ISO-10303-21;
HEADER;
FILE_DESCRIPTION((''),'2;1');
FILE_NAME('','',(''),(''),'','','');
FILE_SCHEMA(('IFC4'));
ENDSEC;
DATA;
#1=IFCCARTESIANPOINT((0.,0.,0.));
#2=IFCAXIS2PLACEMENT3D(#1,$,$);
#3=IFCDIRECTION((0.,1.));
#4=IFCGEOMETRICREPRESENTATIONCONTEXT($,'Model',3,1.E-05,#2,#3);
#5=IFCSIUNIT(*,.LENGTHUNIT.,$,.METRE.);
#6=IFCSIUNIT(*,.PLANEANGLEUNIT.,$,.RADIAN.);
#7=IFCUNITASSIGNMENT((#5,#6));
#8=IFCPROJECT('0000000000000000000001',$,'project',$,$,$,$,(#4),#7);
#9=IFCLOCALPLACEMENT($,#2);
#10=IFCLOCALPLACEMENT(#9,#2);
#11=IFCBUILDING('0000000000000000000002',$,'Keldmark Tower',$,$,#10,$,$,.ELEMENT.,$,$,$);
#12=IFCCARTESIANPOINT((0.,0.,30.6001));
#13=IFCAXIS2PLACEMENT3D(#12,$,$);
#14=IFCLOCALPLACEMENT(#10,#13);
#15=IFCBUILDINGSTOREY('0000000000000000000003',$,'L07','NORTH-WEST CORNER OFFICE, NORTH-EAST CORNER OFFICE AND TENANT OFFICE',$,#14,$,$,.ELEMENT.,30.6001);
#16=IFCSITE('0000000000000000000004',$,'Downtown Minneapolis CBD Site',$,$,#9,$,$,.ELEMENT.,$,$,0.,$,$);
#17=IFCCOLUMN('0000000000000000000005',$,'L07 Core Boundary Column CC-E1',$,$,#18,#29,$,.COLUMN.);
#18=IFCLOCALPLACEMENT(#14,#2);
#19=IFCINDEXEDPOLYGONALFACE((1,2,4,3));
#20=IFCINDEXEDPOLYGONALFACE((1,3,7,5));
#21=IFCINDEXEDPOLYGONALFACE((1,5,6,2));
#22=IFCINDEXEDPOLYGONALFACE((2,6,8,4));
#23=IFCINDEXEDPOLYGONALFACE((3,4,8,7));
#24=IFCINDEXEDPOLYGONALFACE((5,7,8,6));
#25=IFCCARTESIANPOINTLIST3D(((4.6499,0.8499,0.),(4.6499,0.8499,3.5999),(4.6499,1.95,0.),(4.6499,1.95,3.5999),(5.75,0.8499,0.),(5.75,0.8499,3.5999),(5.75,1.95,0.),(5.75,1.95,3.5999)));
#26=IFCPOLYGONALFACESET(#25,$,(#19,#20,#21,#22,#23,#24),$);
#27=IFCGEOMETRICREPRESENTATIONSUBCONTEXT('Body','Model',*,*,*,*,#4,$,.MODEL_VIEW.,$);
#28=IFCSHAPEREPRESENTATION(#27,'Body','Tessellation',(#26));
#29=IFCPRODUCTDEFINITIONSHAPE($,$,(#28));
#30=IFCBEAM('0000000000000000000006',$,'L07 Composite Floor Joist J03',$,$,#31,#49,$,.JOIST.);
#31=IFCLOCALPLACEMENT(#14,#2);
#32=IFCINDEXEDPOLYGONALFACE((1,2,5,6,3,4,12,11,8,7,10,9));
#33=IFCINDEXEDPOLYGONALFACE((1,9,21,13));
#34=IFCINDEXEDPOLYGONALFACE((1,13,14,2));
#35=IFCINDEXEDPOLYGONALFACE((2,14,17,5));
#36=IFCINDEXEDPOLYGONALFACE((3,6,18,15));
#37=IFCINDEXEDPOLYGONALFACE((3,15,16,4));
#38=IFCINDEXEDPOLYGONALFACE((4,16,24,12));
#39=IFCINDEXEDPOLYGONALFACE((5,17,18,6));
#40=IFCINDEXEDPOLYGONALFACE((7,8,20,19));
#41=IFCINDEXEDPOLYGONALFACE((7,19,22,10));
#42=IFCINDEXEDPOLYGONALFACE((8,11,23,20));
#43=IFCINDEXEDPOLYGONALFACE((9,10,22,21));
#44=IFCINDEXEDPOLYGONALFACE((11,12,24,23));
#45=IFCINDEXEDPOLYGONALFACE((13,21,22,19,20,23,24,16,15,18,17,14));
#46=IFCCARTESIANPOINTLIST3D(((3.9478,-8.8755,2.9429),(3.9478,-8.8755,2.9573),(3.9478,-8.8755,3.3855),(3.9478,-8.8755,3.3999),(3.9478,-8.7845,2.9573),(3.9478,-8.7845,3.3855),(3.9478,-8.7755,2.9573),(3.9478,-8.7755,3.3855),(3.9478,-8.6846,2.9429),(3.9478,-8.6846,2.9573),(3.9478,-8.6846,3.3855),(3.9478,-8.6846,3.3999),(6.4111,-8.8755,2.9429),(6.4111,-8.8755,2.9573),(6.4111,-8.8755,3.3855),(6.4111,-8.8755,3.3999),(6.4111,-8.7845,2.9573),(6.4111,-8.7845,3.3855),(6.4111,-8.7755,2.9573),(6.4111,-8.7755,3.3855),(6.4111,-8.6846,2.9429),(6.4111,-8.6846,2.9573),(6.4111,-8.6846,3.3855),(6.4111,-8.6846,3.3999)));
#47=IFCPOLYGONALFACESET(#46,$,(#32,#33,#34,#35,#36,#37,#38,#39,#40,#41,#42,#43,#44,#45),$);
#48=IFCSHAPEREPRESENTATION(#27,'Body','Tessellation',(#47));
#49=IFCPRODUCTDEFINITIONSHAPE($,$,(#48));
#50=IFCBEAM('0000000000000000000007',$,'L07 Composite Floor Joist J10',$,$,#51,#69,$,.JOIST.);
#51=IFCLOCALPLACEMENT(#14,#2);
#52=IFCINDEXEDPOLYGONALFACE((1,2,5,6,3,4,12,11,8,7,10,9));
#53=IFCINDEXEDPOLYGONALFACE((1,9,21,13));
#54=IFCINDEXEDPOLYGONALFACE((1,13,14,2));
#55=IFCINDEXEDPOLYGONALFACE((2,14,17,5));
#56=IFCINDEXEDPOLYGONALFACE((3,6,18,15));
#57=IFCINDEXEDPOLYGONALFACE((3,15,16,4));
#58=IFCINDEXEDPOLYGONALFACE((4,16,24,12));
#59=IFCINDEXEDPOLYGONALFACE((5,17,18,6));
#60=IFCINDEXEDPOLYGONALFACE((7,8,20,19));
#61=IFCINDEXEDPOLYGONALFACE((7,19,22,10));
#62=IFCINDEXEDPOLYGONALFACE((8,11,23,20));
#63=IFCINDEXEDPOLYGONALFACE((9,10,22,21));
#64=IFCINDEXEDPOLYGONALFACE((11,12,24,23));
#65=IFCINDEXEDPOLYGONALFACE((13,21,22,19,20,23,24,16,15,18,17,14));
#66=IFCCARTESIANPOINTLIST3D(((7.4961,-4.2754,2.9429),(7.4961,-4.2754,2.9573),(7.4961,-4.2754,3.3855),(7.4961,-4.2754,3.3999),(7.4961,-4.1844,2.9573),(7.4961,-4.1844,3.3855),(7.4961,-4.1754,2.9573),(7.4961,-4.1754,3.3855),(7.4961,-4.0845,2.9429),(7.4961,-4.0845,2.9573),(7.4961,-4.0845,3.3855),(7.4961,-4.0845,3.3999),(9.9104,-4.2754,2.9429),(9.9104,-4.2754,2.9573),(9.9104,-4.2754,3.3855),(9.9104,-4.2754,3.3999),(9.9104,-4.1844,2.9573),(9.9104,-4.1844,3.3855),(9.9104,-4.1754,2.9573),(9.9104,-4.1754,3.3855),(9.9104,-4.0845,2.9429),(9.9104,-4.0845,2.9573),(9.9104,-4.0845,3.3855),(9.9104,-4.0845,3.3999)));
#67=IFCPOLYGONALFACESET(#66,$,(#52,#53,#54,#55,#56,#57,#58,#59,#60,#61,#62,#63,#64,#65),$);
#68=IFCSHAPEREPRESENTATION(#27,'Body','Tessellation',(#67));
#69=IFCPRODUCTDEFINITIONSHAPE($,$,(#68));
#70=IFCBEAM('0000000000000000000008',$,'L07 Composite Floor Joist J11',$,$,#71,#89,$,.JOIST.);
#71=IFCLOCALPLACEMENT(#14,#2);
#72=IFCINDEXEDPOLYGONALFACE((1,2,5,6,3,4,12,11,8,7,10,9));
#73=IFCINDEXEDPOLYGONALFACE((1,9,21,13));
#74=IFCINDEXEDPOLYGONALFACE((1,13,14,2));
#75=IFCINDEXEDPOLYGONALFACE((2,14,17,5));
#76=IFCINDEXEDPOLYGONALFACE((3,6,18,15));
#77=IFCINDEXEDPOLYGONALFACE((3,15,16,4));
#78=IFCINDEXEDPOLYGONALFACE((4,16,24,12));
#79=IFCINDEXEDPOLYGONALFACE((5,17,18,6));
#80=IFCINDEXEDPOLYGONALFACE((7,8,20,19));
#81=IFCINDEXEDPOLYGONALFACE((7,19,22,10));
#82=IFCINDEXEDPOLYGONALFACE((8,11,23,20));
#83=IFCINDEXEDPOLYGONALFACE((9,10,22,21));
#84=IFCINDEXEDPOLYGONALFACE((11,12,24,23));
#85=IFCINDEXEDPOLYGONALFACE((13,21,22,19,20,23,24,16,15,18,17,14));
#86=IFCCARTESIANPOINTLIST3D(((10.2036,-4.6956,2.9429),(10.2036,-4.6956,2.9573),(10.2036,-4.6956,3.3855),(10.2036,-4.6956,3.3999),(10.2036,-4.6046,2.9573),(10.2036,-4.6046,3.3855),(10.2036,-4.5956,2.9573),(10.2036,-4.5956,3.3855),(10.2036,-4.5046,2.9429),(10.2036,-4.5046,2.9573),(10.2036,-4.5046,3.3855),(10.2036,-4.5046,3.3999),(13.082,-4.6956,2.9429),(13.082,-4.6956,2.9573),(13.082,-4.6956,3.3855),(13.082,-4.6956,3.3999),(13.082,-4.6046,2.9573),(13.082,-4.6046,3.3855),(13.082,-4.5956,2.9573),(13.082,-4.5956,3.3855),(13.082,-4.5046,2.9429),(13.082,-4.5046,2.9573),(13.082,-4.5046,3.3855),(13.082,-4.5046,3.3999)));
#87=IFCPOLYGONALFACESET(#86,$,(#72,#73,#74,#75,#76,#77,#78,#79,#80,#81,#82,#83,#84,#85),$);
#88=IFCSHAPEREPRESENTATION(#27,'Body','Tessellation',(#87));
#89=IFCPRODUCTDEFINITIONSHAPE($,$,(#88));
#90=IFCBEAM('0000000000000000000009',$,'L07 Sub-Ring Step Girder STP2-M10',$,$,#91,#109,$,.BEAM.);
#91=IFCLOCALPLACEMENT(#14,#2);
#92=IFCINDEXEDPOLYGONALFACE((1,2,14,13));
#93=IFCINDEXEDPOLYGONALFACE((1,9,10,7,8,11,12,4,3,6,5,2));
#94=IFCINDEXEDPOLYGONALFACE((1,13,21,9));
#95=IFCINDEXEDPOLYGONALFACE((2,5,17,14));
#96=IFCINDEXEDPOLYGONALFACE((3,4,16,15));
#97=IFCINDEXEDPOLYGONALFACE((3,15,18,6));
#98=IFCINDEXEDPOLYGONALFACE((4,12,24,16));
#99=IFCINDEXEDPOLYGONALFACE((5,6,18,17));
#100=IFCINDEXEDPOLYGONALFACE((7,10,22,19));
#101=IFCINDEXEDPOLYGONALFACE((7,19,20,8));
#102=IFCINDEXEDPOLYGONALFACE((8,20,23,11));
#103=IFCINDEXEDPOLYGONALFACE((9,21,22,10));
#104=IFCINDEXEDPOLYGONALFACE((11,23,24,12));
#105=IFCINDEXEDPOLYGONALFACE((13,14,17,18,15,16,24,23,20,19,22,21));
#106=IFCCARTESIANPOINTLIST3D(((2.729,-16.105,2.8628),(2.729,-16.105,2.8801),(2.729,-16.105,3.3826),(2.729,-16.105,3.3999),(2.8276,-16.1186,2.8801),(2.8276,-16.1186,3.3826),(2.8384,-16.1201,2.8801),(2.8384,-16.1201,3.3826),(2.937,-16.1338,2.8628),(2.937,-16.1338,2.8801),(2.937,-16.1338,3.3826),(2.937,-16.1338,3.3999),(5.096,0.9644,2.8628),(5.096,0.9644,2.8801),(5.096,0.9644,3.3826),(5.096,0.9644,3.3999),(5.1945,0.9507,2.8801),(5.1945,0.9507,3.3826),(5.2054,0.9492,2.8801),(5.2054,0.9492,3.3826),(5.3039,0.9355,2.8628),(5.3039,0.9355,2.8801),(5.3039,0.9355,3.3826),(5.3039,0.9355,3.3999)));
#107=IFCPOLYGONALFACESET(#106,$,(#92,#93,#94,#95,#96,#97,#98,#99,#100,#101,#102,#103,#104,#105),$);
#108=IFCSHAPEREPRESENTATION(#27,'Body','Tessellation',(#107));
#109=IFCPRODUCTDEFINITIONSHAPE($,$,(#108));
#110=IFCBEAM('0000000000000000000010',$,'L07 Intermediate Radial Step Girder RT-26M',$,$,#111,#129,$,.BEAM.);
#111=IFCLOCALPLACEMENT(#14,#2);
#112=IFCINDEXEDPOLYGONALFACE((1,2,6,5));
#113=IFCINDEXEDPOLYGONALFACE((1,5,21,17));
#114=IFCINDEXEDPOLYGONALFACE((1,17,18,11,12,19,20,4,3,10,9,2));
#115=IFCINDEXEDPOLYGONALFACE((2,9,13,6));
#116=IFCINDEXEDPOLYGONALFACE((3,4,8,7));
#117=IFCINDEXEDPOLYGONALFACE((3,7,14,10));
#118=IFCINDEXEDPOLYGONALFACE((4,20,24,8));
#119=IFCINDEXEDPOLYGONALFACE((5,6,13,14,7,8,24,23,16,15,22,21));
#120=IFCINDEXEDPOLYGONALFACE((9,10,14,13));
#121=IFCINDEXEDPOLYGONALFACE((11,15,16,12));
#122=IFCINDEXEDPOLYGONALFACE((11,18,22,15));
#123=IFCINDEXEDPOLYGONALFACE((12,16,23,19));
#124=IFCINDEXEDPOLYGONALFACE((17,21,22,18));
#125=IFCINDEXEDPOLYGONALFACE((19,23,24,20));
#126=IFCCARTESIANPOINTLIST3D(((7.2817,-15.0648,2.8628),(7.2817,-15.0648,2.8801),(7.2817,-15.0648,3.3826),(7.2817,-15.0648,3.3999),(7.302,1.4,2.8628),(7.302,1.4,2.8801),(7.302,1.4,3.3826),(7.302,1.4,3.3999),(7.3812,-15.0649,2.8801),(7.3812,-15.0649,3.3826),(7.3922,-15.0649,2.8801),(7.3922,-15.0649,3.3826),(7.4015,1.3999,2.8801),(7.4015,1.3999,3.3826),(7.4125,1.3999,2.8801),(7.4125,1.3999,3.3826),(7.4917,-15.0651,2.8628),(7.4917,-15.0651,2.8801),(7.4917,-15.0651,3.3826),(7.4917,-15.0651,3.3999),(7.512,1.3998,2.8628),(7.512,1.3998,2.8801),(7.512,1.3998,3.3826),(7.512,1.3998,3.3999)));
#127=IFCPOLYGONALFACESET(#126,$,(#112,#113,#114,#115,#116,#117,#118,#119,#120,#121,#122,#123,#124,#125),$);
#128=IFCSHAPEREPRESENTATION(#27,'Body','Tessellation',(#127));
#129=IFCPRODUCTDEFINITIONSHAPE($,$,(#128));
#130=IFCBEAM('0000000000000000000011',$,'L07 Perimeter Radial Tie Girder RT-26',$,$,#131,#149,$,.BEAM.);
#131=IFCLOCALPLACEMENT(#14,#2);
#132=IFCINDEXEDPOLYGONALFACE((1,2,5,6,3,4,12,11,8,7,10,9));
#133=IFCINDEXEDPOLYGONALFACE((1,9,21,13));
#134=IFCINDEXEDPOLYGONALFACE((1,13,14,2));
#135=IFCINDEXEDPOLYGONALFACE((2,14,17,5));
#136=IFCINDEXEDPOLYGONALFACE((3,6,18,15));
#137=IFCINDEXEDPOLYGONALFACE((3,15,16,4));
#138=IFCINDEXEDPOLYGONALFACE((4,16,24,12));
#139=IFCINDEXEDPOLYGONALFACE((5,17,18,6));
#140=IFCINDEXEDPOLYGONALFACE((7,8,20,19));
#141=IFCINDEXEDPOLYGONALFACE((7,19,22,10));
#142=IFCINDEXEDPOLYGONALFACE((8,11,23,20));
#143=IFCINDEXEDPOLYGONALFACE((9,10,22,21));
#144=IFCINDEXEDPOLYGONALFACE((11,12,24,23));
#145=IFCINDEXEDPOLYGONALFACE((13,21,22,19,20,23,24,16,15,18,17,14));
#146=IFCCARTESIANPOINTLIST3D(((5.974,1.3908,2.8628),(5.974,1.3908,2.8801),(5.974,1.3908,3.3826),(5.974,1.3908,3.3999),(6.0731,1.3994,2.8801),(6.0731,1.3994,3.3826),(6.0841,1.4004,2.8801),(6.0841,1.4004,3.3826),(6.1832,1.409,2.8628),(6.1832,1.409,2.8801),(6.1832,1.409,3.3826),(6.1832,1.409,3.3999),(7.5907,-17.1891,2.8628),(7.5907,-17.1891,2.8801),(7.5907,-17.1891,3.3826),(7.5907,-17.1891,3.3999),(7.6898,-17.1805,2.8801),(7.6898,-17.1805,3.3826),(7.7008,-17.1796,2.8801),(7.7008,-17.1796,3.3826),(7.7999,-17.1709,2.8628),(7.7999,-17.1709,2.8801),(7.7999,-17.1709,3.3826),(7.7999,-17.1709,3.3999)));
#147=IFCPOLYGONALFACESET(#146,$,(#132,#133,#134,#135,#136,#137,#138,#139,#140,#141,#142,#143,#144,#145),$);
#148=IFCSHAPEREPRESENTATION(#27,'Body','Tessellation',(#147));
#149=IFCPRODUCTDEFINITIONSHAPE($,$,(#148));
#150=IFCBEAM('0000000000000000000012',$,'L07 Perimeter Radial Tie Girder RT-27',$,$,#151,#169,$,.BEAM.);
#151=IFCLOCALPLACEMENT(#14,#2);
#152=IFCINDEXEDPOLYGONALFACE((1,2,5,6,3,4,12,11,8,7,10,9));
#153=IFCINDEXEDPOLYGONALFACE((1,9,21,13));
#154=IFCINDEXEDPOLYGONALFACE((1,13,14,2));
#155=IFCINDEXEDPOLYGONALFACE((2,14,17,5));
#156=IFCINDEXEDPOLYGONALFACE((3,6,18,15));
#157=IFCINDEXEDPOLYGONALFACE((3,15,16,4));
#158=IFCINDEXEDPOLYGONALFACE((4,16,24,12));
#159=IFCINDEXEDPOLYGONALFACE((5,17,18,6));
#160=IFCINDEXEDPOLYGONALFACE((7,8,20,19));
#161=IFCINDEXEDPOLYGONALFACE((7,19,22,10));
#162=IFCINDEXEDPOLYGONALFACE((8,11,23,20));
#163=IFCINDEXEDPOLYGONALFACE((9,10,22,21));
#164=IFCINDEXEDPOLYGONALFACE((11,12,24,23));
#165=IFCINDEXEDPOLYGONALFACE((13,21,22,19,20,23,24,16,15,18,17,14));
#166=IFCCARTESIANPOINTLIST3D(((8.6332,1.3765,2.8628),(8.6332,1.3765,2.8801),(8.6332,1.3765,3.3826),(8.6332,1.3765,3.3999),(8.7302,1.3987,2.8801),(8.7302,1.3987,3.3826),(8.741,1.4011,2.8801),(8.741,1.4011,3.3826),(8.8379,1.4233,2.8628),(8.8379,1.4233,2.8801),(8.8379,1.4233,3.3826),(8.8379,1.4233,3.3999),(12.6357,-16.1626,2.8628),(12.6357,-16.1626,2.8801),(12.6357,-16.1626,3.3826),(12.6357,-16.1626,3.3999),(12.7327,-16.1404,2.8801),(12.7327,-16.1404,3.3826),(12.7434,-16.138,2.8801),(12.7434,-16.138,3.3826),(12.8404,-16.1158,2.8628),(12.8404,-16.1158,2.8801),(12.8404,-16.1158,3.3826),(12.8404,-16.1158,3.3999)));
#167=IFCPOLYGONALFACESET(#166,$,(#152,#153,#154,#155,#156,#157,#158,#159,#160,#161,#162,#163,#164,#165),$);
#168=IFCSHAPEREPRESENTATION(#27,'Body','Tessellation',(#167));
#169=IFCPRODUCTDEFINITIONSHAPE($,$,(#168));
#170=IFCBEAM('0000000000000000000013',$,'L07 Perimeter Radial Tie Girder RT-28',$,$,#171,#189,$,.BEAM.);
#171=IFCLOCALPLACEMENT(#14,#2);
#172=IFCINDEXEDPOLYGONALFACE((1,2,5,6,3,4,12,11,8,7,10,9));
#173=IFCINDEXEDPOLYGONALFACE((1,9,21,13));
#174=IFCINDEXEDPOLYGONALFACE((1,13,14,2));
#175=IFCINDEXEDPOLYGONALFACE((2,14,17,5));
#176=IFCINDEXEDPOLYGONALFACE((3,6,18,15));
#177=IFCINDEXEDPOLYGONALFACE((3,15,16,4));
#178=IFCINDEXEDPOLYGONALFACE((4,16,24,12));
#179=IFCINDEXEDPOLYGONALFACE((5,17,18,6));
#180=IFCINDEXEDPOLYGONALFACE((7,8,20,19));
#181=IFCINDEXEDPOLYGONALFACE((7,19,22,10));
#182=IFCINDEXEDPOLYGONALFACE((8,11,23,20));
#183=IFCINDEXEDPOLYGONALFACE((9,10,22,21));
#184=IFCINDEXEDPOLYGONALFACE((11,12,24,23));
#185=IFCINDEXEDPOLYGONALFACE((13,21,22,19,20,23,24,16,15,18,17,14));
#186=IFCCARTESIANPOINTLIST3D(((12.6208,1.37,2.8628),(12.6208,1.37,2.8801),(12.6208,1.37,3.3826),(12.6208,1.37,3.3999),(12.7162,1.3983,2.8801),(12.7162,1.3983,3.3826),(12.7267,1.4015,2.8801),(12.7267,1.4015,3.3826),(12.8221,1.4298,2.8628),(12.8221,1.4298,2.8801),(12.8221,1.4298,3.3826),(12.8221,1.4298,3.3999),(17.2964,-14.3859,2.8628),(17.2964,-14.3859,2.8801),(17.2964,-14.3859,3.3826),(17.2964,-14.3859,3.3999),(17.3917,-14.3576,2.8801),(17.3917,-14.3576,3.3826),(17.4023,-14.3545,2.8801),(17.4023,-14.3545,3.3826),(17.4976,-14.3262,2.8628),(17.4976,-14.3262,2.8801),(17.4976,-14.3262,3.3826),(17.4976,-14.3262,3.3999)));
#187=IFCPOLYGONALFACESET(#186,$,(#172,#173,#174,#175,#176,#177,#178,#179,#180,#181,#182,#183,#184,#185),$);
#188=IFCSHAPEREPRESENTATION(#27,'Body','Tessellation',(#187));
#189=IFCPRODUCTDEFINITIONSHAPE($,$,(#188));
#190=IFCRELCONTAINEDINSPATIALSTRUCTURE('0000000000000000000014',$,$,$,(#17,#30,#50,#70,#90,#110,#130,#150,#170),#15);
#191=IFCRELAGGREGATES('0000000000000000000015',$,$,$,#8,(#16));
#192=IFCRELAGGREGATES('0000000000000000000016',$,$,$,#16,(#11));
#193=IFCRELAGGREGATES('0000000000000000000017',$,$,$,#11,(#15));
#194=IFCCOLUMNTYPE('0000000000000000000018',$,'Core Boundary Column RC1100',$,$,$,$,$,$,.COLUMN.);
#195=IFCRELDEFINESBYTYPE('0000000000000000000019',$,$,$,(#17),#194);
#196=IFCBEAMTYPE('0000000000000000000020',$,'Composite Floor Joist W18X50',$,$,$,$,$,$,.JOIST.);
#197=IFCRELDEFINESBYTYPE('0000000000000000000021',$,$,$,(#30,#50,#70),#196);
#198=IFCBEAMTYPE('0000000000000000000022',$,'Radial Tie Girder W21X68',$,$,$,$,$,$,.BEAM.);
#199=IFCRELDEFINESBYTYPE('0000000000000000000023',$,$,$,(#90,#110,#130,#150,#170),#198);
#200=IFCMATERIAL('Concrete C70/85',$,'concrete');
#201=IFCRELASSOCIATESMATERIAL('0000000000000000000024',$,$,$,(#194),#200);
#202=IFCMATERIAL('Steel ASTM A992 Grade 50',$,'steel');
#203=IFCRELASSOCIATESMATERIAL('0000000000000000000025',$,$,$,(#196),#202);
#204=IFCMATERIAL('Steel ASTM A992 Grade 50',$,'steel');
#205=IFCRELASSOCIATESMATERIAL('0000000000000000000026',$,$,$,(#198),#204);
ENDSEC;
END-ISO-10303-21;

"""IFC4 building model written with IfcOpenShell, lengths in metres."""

from ifc_helpers import new_model, si_unit, direction, frame, origin, origin_2d, place, context, subcontext, project, spatial, rectangle, i_section, extrude, material, material_profile, profile_set, type_object, element, save


model = new_model("IFC4")

# Units and contexts
model_context = context("Model", 3, precision=1e-05, world=origin(), true_north=direction((0.0, 1.0)))
body_context = subcontext(model_context, "Body", "Model", "MODEL_VIEW")
ifc_project = project(units=[si_unit("LENGTHUNIT", "METRE"), si_unit("PLANEANGLEUNIT", "RADIAN")], contexts=[model_context])

# Site, building, storey
site_placement = place(None, origin())
site = spatial("IfcSite", under=ifc_project, at=site_placement, Name="Downtown Minneapolis CBD Site", CompositionType="ELEMENT", RefElevation=0.0)
building_placement = place(site_placement, origin())
building = spatial("IfcBuilding", under=site, at=building_placement, Name="Keldmark Tower", CompositionType="ELEMENT")
storey_placement = place(building_placement, frame((0.0, 0.0, 30.6001)))
storey = spatial("IfcBuildingStorey", under=building, at=storey_placement, Name="L07", Description="NORTH-WEST CORNER OFFICE, NORTH-EAST CORNER OFFICE AND TENANT OFFICE", CompositionType="ELEMENT", Elevation=30.6001)

# Column
ifc_material_1 = material(Name="Concrete C70/85", Category="concrete")
ifc_material_profile_1 = material_profile(ifc_material_1, rectangle(XDim=1.1001, YDim=1.1001, at=origin_2d()), Name="RC1100X1100")
ifc_profile_set_1 = profile_set([ifc_material_profile_1], Name="Concrete C70/85")
column_type = type_object("IfcColumnType", Name="Core Boundary Column RC1100", PredefinedType="COLUMN", material=ifc_profile_set_1)
column_placement = place(storey_placement, frame((5.2, 1.3999, 0.0), z_axis=(0.0, 0.0, 1.0), x_axis=(1.0, 0.0, 0.0)))
element("IfcColumn", 1, at=column_placement, inside=storey, type_object=column_type, Name="L07 Core Boundary Column CC-E1", PredefinedType="COLUMN", context=body_context, shape_type="SweptSolid", body=[
    extrude(rectangle(XDim=1.1001, YDim=1.1001, at=origin_2d()), origin(), (0.0, 0.0, 1.0), 3.5999),
])

# Beams
ifc_material_2 = material(Name="Steel ASTM A992 Grade 50", Category="steel")
ifc_material_profile_2 = material_profile(ifc_material_2, i_section(OverallWidth=0.1909, OverallDepth=0.457, WebThickness=0.009, FlangeThickness=0.0144, at=origin_2d()), Name="W18X50")
ifc_profile_set_2 = profile_set([ifc_material_profile_2], Name="Steel ASTM A992 Grade 50")
beam_type_1 = type_object("IfcBeamType", Name="Composite Floor Joist W18X50", PredefinedType="JOIST", material=ifc_profile_set_2)
beam_1_placement = place(storey_placement, frame((3.9478, -8.78, 3.1714), z_axis=(1.0, 0.0, 0.0), x_axis=(0.0, 1.0, 0.0)))
element("IfcBeam", 2, at=beam_1_placement, inside=storey, type_object=beam_type_1, Name="L07 Composite Floor Joist J03", PredefinedType="JOIST", context=body_context, shape_type="SweptSolid", body=[
    extrude(i_section(OverallWidth=0.1909, OverallDepth=0.457, WebThickness=0.009, FlangeThickness=0.0144, at=origin_2d()), origin(), (0.0, 0.0, 1.0), 2.4634),
])
beam_2_placement = place(storey_placement, frame((7.4961, -4.1799, 3.1714), z_axis=(1.0, 0.0, 0.0), x_axis=(0.0, 1.0, 0.0)))
element("IfcBeam", 3, at=beam_2_placement, inside=storey, type_object=beam_type_1, Name="L07 Composite Floor Joist J10", PredefinedType="JOIST", context=body_context, shape_type="SweptSolid", body=[
    extrude(i_section(OverallWidth=0.1909, OverallDepth=0.457, WebThickness=0.009, FlangeThickness=0.0144, at=origin_2d()), origin(), (0.0, 0.0, 1.0), 2.4143),
])
beam_3_placement = place(storey_placement, frame((10.2036, -4.6001, 3.1714), z_axis=(1.0, 0.0, 0.0), x_axis=(0.0, 1.0, 0.0)))
element("IfcBeam", 4, at=beam_3_placement, inside=storey, type_object=beam_type_1, Name="L07 Composite Floor Joist J11", PredefinedType="JOIST", context=body_context, shape_type="SweptSolid", body=[
    extrude(i_section(OverallWidth=0.1909, OverallDepth=0.457, WebThickness=0.009, FlangeThickness=0.0144, at=origin_2d()), origin(), (0.0, 0.0, 1.0), 2.8784),
])
ifc_material_3 = material(Name="Steel ASTM A992 Grade 50", Category="steel")
ifc_material_profile_3 = material_profile(ifc_material_3, i_section(OverallWidth=0.21, OverallDepth=0.5371, WebThickness=0.011, FlangeThickness=0.0173, at=origin_2d()), Name="W21X68")
ifc_profile_set_3 = profile_set([ifc_material_profile_3], Name="Steel ASTM A992 Grade 50")
beam_type_2 = type_object("IfcBeamType", Name="Radial Tie Girder W21X68", PredefinedType="BEAM", material=ifc_profile_set_3)
beam_4_placement = place(storey_placement, frame((5.2, 0.95, 3.1313), z_axis=(-0.137352, -0.990522, 0.0), x_axis=(0.990522, -0.137352, 0.0)))
element("IfcBeam", 5, at=beam_4_placement, inside=storey, type_object=beam_type_2, Name="L07 Sub-Ring Step Girder STP2-M10", PredefinedType="BEAM", context=body_context, shape_type="SweptSolid", body=[
    extrude(i_section(OverallWidth=0.21, OverallDepth=0.5371, WebThickness=0.011, FlangeThickness=0.0173, at=origin_2d()), origin(), (0.0, 0.0, 1.0), 17.2327),
])
beam_5_placement = place(storey_placement, frame((7.407, 1.3999, 3.1313), z_axis=(-0.001231, -0.999999, 0.0), x_axis=(0.999999, -0.001231, 0.0)))
element("IfcBeam", 6, at=beam_5_placement, inside=storey, type_object=beam_type_2, Name="L07 Intermediate Radial Step Girder RT-26M", PredefinedType="BEAM", context=body_context, shape_type="SweptSolid", body=[
    extrude(i_section(OverallWidth=0.21, OverallDepth=0.5371, WebThickness=0.011, FlangeThickness=0.0173, at=origin_2d()), origin(), (0.0, 0.0, 1.0), 16.4648),
])
beam_6_placement = place(storey_placement, frame((6.0786, 1.3999, 3.1313), z_axis=(0.086686, -0.996236, 0.0), x_axis=(0.996236, 0.086686, 0.0)))
element("IfcBeam", 7, at=beam_6_placement, inside=storey, type_object=beam_type_2, Name="L07 Perimeter Radial Tie Girder RT-26", PredefinedType="BEAM", context=body_context, shape_type="SweptSolid", body=[
    extrude(i_section(OverallWidth=0.21, OverallDepth=0.5371, WebThickness=0.011, FlangeThickness=0.0173, at=origin_2d()), origin(), (0.0, 0.0, 1.0), 18.6501),
])
beam_7_placement = place(storey_placement, frame((8.7356, 1.3999, 3.1313), z_axis=(0.222482, -0.974937, 0.0), x_axis=(0.974937, 0.222482, 0.0)))
element("IfcBeam", 8, at=beam_7_placement, inside=storey, type_object=beam_type_2, Name="L07 Perimeter Radial Tie Girder RT-27", PredefinedType="BEAM", context=body_context, shape_type="SweptSolid", body=[
    extrude(i_section(OverallWidth=0.21, OverallDepth=0.5371, WebThickness=0.011, FlangeThickness=0.0173, at=origin_2d()), origin(), (0.0, 0.0, 1.0), 17.99),
])
beam_8_placement = place(storey_placement, frame((12.7214, 1.3999, 3.1313), z_axis=(0.284487, -0.95868, 0.0), x_axis=(0.95868, 0.284487, 0.0)))
element("IfcBeam", 9, at=beam_8_placement, inside=storey, type_object=beam_type_2, Name="L07 Perimeter Radial Tie Girder RT-28", PredefinedType="BEAM", context=body_context, shape_type="SweptSolid", body=[
    extrude(i_section(OverallWidth=0.21, OverallDepth=0.5371, WebThickness=0.011, FlangeThickness=0.0173, at=origin_2d()), origin(), (0.0, 0.0, 1.0), 16.4351),
])

save(model, "model.ifc")
